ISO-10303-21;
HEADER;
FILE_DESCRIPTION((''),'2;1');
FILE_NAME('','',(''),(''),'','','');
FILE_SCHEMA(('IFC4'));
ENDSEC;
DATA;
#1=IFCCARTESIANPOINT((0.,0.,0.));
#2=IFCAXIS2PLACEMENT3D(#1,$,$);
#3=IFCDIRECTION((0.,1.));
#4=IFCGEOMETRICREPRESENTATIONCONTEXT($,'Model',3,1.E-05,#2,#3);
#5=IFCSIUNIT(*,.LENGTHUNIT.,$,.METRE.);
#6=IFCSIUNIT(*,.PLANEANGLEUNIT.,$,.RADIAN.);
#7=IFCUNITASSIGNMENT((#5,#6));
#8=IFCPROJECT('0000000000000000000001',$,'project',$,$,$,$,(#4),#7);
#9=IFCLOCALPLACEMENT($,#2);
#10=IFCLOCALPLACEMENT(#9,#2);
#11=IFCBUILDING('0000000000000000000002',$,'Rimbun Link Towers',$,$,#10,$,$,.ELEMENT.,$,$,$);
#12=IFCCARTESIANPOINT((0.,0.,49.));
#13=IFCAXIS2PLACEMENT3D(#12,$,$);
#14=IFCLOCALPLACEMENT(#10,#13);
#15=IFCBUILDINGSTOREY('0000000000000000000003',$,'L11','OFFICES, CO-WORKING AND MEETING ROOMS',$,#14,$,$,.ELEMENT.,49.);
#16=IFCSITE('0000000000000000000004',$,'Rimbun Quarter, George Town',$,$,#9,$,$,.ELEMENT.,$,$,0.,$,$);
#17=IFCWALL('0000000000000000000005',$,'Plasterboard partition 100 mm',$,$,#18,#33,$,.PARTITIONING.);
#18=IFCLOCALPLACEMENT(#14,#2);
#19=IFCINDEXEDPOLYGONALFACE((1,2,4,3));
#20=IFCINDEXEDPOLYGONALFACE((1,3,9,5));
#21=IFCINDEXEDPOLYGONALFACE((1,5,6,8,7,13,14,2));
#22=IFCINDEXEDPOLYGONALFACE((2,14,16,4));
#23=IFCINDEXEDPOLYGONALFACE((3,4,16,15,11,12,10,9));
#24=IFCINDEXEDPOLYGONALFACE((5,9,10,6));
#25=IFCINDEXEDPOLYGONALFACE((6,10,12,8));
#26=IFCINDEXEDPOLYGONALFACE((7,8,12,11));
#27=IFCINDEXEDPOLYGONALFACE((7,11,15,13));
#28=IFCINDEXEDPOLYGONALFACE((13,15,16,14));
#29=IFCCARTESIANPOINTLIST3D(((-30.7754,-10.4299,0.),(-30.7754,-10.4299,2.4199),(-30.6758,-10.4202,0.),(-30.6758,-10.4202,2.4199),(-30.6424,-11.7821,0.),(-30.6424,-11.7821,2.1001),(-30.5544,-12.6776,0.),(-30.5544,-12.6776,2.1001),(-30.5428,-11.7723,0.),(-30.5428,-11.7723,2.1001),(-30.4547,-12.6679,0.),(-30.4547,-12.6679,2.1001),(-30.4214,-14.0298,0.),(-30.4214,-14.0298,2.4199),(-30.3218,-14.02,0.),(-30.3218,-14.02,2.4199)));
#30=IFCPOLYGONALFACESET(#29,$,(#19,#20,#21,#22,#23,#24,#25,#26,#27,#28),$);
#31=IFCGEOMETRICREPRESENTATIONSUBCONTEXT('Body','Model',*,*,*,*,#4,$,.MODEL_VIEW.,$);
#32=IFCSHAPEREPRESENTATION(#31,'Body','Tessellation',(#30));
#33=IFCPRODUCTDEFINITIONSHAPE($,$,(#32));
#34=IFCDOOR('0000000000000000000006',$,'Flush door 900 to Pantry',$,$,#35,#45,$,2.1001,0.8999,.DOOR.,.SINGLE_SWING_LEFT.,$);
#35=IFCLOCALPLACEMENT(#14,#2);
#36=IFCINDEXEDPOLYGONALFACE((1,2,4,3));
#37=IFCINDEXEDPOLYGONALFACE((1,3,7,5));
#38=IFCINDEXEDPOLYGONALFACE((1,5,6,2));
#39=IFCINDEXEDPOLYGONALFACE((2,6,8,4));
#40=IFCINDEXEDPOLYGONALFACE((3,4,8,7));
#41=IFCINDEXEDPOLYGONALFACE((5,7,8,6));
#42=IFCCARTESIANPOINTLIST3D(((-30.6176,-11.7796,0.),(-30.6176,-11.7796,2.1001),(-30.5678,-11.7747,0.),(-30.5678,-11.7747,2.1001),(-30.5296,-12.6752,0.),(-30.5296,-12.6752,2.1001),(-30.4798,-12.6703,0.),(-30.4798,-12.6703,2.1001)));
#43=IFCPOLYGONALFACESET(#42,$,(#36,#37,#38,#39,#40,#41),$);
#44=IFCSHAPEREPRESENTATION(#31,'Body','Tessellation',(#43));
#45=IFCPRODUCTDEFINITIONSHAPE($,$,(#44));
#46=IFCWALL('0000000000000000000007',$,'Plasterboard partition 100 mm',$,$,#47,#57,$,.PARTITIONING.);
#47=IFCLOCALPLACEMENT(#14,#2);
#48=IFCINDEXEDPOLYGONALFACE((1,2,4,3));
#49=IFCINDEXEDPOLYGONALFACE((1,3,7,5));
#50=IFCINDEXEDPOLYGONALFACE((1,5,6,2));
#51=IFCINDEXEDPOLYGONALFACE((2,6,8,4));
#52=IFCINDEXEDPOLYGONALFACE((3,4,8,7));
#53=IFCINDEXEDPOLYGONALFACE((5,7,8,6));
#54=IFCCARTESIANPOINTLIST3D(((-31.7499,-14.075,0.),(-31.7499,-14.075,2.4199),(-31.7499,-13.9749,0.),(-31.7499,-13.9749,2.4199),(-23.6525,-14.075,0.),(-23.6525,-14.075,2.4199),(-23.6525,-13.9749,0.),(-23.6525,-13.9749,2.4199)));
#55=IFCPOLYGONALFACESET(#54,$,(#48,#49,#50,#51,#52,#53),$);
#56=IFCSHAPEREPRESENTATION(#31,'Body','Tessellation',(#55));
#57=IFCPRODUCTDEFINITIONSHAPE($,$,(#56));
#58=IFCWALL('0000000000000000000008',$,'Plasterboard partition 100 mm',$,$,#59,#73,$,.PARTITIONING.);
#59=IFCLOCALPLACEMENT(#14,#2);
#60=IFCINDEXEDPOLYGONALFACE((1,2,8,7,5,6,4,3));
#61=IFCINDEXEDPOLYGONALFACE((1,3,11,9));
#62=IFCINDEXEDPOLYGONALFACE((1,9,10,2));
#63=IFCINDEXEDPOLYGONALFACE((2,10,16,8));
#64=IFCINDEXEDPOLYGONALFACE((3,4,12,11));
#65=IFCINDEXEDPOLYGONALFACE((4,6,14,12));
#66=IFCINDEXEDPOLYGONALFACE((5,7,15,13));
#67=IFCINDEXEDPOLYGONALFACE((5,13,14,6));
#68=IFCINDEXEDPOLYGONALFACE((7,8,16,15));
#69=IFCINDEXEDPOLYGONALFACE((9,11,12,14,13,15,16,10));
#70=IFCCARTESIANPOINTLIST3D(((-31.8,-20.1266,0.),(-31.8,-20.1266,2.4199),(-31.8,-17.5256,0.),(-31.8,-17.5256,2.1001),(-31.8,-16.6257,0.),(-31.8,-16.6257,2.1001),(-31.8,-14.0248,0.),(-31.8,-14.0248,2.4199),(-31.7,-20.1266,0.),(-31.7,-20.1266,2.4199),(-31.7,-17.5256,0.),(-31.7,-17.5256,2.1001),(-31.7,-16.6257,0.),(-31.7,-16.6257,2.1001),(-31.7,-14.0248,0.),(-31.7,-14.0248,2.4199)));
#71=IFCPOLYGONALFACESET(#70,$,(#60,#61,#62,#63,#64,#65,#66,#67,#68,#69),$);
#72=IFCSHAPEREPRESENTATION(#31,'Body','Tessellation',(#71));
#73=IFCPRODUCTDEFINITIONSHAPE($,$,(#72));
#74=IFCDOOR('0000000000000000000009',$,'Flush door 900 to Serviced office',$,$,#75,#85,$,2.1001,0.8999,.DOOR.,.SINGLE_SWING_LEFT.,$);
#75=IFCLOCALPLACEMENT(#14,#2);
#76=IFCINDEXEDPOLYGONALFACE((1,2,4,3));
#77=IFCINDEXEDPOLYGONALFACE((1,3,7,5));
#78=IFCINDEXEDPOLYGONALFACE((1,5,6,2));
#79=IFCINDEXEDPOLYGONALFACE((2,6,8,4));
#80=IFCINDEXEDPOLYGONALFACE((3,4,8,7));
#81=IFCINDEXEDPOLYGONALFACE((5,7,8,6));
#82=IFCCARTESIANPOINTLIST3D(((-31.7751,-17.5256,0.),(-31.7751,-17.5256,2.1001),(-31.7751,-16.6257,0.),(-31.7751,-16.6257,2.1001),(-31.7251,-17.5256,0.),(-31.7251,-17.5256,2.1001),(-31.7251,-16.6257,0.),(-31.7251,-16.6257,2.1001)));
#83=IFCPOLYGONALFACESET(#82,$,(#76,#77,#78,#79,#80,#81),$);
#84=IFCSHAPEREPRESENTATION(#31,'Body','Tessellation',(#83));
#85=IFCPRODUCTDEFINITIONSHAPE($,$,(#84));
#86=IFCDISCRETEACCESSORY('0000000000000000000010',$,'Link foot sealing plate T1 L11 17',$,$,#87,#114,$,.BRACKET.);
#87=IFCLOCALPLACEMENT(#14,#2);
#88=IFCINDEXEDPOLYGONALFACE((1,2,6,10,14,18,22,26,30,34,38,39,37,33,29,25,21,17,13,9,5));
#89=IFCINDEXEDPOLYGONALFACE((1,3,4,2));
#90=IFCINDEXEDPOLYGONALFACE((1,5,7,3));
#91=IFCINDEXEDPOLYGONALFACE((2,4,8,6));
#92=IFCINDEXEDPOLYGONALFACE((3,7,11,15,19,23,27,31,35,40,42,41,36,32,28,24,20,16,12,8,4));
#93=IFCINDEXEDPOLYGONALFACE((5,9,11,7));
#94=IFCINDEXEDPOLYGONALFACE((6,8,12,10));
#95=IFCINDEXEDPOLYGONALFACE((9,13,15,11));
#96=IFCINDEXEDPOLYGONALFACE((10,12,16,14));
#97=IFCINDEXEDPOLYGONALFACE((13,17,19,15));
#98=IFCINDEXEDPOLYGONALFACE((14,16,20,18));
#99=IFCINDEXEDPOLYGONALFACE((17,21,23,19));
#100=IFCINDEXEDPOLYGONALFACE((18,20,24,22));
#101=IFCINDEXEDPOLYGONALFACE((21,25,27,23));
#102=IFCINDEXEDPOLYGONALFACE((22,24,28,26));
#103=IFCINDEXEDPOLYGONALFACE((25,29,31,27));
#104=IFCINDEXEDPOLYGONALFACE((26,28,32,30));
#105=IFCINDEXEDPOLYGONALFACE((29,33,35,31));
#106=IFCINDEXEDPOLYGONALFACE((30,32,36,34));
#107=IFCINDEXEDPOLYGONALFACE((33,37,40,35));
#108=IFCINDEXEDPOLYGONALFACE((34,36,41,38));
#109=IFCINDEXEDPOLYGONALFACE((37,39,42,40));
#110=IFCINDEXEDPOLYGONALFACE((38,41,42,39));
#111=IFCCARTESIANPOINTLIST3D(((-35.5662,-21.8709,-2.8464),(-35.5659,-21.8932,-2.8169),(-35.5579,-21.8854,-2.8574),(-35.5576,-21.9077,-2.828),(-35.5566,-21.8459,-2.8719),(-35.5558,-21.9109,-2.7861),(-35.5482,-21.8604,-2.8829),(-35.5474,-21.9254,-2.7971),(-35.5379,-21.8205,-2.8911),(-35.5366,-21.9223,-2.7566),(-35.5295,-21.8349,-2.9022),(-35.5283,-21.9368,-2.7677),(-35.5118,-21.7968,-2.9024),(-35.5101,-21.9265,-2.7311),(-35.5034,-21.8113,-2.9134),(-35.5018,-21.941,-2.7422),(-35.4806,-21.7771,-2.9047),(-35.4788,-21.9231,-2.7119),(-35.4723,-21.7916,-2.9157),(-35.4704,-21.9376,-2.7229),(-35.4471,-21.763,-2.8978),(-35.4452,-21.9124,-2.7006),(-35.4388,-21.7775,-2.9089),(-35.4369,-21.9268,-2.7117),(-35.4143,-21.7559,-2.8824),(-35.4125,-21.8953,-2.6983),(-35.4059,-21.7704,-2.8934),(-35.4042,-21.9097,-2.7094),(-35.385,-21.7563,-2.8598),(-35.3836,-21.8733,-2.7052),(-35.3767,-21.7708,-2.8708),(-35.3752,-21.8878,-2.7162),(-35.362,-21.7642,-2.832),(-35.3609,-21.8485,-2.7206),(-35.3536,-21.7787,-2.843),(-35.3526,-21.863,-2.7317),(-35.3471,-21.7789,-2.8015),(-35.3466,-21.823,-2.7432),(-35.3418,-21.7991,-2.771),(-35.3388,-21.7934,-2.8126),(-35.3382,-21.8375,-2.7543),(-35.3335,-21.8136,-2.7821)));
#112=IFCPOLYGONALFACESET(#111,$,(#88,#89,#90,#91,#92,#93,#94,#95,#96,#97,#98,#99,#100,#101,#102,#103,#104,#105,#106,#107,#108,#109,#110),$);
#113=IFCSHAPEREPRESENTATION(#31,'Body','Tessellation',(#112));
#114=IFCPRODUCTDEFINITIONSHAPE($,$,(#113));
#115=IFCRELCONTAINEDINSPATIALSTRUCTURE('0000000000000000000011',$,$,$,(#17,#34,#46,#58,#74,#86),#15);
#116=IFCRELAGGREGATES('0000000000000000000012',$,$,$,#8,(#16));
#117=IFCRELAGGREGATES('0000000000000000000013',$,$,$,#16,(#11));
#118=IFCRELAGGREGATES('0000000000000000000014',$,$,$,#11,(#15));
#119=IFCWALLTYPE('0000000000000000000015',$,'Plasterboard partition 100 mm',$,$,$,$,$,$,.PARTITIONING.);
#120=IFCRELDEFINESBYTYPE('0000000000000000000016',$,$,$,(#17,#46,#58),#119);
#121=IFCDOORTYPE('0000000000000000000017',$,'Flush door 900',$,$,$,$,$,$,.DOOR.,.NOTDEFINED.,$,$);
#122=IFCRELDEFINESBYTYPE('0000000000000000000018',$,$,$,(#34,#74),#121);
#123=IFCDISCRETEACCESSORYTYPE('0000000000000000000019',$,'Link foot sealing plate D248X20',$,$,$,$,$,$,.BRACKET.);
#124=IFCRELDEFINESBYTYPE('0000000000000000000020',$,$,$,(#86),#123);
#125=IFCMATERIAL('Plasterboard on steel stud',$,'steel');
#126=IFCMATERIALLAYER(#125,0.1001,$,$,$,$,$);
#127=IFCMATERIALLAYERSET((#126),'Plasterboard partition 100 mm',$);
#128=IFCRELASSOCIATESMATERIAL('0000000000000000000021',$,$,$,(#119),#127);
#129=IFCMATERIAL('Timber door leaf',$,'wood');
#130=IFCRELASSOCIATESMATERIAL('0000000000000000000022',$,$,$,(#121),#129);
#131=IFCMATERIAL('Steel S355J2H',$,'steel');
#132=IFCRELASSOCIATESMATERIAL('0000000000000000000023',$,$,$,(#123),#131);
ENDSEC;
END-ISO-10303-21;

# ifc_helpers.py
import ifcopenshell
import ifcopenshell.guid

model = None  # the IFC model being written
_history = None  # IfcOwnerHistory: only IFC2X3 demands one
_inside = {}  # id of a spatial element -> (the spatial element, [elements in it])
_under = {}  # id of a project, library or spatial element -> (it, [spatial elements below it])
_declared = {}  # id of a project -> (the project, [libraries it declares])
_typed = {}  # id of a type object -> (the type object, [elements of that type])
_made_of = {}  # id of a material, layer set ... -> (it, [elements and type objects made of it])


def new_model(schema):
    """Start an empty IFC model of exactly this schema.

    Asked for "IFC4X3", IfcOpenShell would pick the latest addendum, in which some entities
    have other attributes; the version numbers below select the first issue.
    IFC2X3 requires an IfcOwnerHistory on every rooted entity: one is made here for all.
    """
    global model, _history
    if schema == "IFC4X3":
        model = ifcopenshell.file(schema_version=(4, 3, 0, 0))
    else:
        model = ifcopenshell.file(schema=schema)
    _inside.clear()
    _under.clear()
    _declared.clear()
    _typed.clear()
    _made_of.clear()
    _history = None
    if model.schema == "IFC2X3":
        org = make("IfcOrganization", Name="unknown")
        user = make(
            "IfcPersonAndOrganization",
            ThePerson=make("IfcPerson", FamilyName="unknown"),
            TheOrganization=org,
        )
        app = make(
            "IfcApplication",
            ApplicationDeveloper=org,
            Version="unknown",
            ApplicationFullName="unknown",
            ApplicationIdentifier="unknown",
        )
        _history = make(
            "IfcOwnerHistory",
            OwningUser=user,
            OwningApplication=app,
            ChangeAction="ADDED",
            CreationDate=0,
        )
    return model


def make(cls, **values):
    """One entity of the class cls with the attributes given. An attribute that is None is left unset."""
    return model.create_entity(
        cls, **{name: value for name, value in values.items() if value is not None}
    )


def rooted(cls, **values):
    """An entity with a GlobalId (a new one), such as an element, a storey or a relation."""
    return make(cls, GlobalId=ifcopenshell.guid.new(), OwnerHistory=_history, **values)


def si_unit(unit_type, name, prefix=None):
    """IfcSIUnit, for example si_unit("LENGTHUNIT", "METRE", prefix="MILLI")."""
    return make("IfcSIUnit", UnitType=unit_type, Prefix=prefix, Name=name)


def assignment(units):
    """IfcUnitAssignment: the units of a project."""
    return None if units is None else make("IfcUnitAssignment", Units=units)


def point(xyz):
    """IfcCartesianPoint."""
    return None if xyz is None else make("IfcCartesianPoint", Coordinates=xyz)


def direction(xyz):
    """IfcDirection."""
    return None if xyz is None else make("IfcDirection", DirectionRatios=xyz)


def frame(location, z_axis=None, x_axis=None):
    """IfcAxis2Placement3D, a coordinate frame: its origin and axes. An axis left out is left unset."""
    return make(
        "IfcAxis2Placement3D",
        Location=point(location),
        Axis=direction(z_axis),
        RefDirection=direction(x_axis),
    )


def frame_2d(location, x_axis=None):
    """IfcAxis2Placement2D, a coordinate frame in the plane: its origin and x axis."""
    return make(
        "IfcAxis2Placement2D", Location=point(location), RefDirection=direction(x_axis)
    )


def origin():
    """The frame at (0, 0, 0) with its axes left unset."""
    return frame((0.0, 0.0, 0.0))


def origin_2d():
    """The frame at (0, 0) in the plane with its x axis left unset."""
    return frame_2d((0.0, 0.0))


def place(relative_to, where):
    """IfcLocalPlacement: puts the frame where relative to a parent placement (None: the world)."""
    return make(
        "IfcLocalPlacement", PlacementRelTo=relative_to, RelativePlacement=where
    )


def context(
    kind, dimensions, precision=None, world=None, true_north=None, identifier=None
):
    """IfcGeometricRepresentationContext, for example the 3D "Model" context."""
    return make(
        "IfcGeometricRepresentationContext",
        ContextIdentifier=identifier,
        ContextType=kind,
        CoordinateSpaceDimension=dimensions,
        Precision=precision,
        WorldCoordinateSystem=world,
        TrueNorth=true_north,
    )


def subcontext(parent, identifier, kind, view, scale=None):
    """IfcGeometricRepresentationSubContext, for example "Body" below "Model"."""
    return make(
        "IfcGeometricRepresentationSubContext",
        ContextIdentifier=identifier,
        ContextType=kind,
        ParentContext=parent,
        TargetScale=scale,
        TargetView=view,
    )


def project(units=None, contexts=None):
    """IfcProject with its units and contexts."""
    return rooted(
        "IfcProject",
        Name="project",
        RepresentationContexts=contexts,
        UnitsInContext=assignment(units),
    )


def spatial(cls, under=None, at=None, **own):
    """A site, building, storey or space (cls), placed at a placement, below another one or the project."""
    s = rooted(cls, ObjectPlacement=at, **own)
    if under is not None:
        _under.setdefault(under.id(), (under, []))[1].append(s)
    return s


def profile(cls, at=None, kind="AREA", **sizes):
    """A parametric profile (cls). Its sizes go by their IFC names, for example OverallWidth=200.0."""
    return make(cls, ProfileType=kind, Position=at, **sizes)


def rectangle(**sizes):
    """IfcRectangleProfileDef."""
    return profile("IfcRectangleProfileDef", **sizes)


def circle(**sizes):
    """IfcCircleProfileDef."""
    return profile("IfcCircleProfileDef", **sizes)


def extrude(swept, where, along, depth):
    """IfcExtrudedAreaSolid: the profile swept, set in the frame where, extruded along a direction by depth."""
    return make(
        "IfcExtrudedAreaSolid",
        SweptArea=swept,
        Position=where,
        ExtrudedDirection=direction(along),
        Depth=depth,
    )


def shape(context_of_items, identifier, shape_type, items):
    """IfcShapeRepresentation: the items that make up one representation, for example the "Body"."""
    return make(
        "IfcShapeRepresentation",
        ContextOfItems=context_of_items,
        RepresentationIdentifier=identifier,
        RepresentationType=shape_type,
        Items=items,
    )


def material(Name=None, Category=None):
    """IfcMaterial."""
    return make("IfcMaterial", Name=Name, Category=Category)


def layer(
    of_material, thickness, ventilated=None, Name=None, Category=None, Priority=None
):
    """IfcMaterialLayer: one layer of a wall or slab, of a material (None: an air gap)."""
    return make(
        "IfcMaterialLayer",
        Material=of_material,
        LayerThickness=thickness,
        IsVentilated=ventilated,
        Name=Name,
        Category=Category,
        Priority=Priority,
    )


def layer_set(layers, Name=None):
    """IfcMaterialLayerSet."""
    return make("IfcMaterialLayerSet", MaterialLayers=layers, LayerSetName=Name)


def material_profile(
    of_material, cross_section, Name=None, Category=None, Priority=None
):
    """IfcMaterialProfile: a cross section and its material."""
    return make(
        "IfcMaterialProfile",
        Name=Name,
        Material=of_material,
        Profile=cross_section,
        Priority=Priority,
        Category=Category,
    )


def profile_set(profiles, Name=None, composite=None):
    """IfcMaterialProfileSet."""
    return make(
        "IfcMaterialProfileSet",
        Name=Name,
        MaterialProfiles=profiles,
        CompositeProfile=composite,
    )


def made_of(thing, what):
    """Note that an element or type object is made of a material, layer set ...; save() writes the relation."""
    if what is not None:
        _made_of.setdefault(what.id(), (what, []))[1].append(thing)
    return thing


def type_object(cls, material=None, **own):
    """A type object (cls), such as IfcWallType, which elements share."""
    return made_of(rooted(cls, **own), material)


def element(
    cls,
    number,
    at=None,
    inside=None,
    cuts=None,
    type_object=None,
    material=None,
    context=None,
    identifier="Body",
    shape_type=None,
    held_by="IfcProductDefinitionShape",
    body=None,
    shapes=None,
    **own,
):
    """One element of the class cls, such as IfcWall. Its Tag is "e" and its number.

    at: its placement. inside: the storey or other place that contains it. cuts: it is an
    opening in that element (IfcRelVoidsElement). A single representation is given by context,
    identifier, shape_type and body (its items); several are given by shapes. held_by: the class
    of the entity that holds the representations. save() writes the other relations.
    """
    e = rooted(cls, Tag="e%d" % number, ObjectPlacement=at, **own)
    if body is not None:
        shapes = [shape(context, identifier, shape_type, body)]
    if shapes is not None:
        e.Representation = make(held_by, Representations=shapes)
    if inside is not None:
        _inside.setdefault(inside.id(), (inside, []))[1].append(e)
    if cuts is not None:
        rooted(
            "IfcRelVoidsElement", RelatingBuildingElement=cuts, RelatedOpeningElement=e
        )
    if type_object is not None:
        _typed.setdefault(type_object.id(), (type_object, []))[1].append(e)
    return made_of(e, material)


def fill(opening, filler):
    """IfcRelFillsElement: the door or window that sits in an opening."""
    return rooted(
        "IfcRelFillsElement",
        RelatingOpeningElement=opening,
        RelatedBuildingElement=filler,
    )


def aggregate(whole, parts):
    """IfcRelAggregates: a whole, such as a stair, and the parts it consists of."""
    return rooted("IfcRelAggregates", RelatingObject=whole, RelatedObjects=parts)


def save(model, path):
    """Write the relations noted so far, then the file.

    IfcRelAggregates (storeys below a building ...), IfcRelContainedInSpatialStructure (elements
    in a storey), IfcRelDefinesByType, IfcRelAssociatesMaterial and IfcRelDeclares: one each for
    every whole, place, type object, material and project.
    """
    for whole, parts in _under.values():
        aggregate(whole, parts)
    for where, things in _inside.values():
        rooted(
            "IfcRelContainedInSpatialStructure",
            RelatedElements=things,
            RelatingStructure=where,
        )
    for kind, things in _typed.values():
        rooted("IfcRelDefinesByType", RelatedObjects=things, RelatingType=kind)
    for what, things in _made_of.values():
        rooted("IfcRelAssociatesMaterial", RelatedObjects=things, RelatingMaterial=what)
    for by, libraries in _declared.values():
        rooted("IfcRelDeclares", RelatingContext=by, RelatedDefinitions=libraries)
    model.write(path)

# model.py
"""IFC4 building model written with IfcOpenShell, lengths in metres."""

from ifc_helpers import new_model, si_unit, direction, frame, frame_2d, origin, origin_2d, place, context, subcontext, project, spatial, rectangle, circle, extrude, material, layer, layer_set, material_profile, profile_set, type_object, element, fill, save


model = new_model("IFC4")

# Units and contexts
model_context = context("Model", 3, precision=1e-05, world=origin(), true_north=direction((0.0, 1.0)))
body_context = subcontext(model_context, "Body", "Model", "MODEL_VIEW")
ifc_project = project(units=[si_unit("LENGTHUNIT", "METRE"), si_unit("PLANEANGLEUNIT", "RADIAN")], contexts=[model_context])

# Site, building, storey
site_placement = place(None, origin())
site = spatial("IfcSite", under=ifc_project, at=site_placement, Name="Rimbun Quarter, George Town", CompositionType="ELEMENT", RefElevation=0.0)
building_placement = place(site_placement, origin())
building = spatial("IfcBuilding", under=site, at=building_placement, Name="Rimbun Link Towers", CompositionType="ELEMENT")
storey_placement = place(building_placement, frame((0.0, 0.0, 49.0)))
storey = spatial("IfcBuildingStorey", under=building, at=storey_placement, Name="L11", Description="OFFICES, CO-WORKING AND MEETING ROOMS", CompositionType="ELEMENT", Elevation=49.0)

# Wall, opening, door
ifc_material_1 = material(Name="Plasterboard on steel stud", Category="steel")
ifc_layer_1 = layer(ifc_material_1, 0.1001)
ifc_layer_set_1 = layer_set([ifc_layer_1], Name="Plasterboard partition 100 mm")
wall_type = type_object("IfcWallType", Name="Plasterboard partition 100 mm", PredefinedType="PARTITIONING", material=ifc_layer_set_1)
ifc_material_2 = material(Name="Timber door leaf", Category="wood")
door_type_1 = type_object("IfcDoorType", Name="Flush door 900", OperationType="NOTDEFINED", PredefinedType="DOOR", material=ifc_material_2)
wall_1_placement = place(storey_placement, frame((-30.7256, -10.425, 0.0), z_axis=(0.0, 0.0, 1.0), x_axis=(0.097866, -0.9952, 0.0)))
wall_1 = element("IfcWall", 1, at=wall_1_placement, inside=storey, type_object=wall_type, Name="Plasterboard partition 100 mm", PredefinedType="PARTITIONING", context=body_context, shape_type="SweptSolid", body=[
    extrude(rectangle(XDim=3.6172, YDim=0.1001, at=frame_2d((1.8086, 0.0))), origin(), (0.0, 0.0, 1.0), 2.4199),
])
opening_1_placement = place(wall_1_placement, frame((1.3586, 0.0, 0.0)))
opening_1 = element("IfcOpeningElement", 2, at=opening_1_placement, cuts=wall_1, PredefinedType="OPENING", context=body_context, shape_type="SweptSolid", body=[
    extrude(rectangle(XDim=0.8999, YDim=2.1001, at=frame_2d((0.45, 1.05))), frame((0.0, 0.0601, 0.0), z_axis=(0.0, -1.0, 0.0), x_axis=(1.0, 0.0, 0.0)), (0.0, 0.0, 1.0), 0.1201),
])
door_1_placement = place(opening_1_placement, origin())
door_1 = element("IfcDoor", 3, at=door_1_placement, inside=storey, type_object=door_type_1, Name="Flush door 900 to Pantry", OperationType="SINGLE_SWING_LEFT", OverallHeight=2.1001, OverallWidth=0.8999, PredefinedType="DOOR", context=body_context, shape_type="SweptSolid", body=[
    extrude(rectangle(XDim=0.8999, YDim=2.1001, at=frame_2d((0.45, 1.05))), frame((0.0, 0.0249, 0.0), z_axis=(0.0, -1.0, 0.0), x_axis=(1.0, 0.0, 0.0)), (0.0, 0.0, 1.0), 0.05),
])
fill(opening_1, door_1)

# Wall
wall_2_placement = place(storey_placement, frame((-31.75, -14.0249, 0.0), z_axis=(0.0, 0.0, 1.0), x_axis=(1.0, 0.0, 0.0)))
element("IfcWall", 4, at=wall_2_placement, inside=storey, type_object=wall_type, Name="Plasterboard partition 100 mm", PredefinedType="PARTITIONING", context=body_context, shape_type="SweptSolid", body=[
    extrude(rectangle(XDim=8.0974, YDim=0.1001, at=frame_2d((4.0488, 0.0))), origin(), (0.0, 0.0, 1.0), 2.4199),
])

# Wall, opening, door
wall_3_placement = place(storey_placement, frame((-31.75, -14.0249, 0.0), z_axis=(0.0, 0.0, 1.0), x_axis=(0.0, -1.0, 0.0)))
wall_3 = element("IfcWall", 5, at=wall_3_placement, inside=storey, type_object=wall_type, Name="Plasterboard partition 100 mm", PredefinedType="PARTITIONING", context=body_context, shape_type="SweptSolid", body=[
    extrude(rectangle(XDim=6.1018, YDim=0.1001, at=frame_2d((3.0508, 0.0))), origin(), (0.0, 0.0, 1.0), 2.4199),
])
opening_2_placement = place(wall_3_placement, frame((2.6008, 0.0, 0.0)))
opening_2 = element("IfcOpeningElement", 6, at=opening_2_placement, cuts=wall_3, PredefinedType="OPENING", context=body_context, shape_type="SweptSolid", body=[
    extrude(rectangle(XDim=0.8999, YDim=2.1001, at=frame_2d((0.45, 1.05))), frame((0.0, 0.0601, 0.0), z_axis=(0.0, -1.0, 0.0), x_axis=(1.0, 0.0, 0.0)), (0.0, 0.0, 1.0), 0.1201),
])
door_2_placement = place(opening_2_placement, origin())
door_2 = element("IfcDoor", 7, at=door_2_placement, inside=storey, type_object=door_type_1, Name="Flush door 900 to Serviced office", OperationType="SINGLE_SWING_LEFT", OverallHeight=2.1001, OverallWidth=0.8999, PredefinedType="DOOR", context=body_context, shape_type="SweptSolid", body=[
    extrude(rectangle(XDim=0.8999, YDim=2.1001, at=frame_2d((0.45, 1.05))), frame((0.0, 0.0249, 0.0), z_axis=(0.0, -1.0, 0.0), x_axis=(1.0, 0.0, 0.0)), (0.0, 0.0, 1.0), 0.05),
])
fill(opening_2, door_2)

# Discrete accessory
ifc_material_3 = material(Name="Steel S355J2H", Category="steel")
ifc_material_profile_1 = material_profile(ifc_material_3, circle(Radius=0.124, at=origin_2d()), Name="PL D248")
ifc_profile_set_1 = profile_set([ifc_material_profile_1], Name="Steel S355J2H")
discrete_accessory_type = type_object("IfcDiscreteAccessoryType", Name="Link foot sealing plate D248X20", PredefinedType="BRACKET", material=ifc_profile_set_1)
discrete_accessory_placement = place(storey_placement, frame((-35.4546, -21.8408, -2.8015), z_axis=(0.416559, -0.722853, -0.551328), x_axis=(0.86643, 0.499299, 0.0)))
element("IfcDiscreteAccessory", 8, at=discrete_accessory_placement, inside=storey, type_object=discrete_accessory_type, Name="Link foot sealing plate T1 L11 17", PredefinedType="BRACKET", context=body_context, shape_type="SweptSolid", body=[
    extrude(circle(Radius=0.124, at=origin_2d()), origin(), (0.0, 0.0, 1.0), 0.02),
])

save(model, "model.ifc")
